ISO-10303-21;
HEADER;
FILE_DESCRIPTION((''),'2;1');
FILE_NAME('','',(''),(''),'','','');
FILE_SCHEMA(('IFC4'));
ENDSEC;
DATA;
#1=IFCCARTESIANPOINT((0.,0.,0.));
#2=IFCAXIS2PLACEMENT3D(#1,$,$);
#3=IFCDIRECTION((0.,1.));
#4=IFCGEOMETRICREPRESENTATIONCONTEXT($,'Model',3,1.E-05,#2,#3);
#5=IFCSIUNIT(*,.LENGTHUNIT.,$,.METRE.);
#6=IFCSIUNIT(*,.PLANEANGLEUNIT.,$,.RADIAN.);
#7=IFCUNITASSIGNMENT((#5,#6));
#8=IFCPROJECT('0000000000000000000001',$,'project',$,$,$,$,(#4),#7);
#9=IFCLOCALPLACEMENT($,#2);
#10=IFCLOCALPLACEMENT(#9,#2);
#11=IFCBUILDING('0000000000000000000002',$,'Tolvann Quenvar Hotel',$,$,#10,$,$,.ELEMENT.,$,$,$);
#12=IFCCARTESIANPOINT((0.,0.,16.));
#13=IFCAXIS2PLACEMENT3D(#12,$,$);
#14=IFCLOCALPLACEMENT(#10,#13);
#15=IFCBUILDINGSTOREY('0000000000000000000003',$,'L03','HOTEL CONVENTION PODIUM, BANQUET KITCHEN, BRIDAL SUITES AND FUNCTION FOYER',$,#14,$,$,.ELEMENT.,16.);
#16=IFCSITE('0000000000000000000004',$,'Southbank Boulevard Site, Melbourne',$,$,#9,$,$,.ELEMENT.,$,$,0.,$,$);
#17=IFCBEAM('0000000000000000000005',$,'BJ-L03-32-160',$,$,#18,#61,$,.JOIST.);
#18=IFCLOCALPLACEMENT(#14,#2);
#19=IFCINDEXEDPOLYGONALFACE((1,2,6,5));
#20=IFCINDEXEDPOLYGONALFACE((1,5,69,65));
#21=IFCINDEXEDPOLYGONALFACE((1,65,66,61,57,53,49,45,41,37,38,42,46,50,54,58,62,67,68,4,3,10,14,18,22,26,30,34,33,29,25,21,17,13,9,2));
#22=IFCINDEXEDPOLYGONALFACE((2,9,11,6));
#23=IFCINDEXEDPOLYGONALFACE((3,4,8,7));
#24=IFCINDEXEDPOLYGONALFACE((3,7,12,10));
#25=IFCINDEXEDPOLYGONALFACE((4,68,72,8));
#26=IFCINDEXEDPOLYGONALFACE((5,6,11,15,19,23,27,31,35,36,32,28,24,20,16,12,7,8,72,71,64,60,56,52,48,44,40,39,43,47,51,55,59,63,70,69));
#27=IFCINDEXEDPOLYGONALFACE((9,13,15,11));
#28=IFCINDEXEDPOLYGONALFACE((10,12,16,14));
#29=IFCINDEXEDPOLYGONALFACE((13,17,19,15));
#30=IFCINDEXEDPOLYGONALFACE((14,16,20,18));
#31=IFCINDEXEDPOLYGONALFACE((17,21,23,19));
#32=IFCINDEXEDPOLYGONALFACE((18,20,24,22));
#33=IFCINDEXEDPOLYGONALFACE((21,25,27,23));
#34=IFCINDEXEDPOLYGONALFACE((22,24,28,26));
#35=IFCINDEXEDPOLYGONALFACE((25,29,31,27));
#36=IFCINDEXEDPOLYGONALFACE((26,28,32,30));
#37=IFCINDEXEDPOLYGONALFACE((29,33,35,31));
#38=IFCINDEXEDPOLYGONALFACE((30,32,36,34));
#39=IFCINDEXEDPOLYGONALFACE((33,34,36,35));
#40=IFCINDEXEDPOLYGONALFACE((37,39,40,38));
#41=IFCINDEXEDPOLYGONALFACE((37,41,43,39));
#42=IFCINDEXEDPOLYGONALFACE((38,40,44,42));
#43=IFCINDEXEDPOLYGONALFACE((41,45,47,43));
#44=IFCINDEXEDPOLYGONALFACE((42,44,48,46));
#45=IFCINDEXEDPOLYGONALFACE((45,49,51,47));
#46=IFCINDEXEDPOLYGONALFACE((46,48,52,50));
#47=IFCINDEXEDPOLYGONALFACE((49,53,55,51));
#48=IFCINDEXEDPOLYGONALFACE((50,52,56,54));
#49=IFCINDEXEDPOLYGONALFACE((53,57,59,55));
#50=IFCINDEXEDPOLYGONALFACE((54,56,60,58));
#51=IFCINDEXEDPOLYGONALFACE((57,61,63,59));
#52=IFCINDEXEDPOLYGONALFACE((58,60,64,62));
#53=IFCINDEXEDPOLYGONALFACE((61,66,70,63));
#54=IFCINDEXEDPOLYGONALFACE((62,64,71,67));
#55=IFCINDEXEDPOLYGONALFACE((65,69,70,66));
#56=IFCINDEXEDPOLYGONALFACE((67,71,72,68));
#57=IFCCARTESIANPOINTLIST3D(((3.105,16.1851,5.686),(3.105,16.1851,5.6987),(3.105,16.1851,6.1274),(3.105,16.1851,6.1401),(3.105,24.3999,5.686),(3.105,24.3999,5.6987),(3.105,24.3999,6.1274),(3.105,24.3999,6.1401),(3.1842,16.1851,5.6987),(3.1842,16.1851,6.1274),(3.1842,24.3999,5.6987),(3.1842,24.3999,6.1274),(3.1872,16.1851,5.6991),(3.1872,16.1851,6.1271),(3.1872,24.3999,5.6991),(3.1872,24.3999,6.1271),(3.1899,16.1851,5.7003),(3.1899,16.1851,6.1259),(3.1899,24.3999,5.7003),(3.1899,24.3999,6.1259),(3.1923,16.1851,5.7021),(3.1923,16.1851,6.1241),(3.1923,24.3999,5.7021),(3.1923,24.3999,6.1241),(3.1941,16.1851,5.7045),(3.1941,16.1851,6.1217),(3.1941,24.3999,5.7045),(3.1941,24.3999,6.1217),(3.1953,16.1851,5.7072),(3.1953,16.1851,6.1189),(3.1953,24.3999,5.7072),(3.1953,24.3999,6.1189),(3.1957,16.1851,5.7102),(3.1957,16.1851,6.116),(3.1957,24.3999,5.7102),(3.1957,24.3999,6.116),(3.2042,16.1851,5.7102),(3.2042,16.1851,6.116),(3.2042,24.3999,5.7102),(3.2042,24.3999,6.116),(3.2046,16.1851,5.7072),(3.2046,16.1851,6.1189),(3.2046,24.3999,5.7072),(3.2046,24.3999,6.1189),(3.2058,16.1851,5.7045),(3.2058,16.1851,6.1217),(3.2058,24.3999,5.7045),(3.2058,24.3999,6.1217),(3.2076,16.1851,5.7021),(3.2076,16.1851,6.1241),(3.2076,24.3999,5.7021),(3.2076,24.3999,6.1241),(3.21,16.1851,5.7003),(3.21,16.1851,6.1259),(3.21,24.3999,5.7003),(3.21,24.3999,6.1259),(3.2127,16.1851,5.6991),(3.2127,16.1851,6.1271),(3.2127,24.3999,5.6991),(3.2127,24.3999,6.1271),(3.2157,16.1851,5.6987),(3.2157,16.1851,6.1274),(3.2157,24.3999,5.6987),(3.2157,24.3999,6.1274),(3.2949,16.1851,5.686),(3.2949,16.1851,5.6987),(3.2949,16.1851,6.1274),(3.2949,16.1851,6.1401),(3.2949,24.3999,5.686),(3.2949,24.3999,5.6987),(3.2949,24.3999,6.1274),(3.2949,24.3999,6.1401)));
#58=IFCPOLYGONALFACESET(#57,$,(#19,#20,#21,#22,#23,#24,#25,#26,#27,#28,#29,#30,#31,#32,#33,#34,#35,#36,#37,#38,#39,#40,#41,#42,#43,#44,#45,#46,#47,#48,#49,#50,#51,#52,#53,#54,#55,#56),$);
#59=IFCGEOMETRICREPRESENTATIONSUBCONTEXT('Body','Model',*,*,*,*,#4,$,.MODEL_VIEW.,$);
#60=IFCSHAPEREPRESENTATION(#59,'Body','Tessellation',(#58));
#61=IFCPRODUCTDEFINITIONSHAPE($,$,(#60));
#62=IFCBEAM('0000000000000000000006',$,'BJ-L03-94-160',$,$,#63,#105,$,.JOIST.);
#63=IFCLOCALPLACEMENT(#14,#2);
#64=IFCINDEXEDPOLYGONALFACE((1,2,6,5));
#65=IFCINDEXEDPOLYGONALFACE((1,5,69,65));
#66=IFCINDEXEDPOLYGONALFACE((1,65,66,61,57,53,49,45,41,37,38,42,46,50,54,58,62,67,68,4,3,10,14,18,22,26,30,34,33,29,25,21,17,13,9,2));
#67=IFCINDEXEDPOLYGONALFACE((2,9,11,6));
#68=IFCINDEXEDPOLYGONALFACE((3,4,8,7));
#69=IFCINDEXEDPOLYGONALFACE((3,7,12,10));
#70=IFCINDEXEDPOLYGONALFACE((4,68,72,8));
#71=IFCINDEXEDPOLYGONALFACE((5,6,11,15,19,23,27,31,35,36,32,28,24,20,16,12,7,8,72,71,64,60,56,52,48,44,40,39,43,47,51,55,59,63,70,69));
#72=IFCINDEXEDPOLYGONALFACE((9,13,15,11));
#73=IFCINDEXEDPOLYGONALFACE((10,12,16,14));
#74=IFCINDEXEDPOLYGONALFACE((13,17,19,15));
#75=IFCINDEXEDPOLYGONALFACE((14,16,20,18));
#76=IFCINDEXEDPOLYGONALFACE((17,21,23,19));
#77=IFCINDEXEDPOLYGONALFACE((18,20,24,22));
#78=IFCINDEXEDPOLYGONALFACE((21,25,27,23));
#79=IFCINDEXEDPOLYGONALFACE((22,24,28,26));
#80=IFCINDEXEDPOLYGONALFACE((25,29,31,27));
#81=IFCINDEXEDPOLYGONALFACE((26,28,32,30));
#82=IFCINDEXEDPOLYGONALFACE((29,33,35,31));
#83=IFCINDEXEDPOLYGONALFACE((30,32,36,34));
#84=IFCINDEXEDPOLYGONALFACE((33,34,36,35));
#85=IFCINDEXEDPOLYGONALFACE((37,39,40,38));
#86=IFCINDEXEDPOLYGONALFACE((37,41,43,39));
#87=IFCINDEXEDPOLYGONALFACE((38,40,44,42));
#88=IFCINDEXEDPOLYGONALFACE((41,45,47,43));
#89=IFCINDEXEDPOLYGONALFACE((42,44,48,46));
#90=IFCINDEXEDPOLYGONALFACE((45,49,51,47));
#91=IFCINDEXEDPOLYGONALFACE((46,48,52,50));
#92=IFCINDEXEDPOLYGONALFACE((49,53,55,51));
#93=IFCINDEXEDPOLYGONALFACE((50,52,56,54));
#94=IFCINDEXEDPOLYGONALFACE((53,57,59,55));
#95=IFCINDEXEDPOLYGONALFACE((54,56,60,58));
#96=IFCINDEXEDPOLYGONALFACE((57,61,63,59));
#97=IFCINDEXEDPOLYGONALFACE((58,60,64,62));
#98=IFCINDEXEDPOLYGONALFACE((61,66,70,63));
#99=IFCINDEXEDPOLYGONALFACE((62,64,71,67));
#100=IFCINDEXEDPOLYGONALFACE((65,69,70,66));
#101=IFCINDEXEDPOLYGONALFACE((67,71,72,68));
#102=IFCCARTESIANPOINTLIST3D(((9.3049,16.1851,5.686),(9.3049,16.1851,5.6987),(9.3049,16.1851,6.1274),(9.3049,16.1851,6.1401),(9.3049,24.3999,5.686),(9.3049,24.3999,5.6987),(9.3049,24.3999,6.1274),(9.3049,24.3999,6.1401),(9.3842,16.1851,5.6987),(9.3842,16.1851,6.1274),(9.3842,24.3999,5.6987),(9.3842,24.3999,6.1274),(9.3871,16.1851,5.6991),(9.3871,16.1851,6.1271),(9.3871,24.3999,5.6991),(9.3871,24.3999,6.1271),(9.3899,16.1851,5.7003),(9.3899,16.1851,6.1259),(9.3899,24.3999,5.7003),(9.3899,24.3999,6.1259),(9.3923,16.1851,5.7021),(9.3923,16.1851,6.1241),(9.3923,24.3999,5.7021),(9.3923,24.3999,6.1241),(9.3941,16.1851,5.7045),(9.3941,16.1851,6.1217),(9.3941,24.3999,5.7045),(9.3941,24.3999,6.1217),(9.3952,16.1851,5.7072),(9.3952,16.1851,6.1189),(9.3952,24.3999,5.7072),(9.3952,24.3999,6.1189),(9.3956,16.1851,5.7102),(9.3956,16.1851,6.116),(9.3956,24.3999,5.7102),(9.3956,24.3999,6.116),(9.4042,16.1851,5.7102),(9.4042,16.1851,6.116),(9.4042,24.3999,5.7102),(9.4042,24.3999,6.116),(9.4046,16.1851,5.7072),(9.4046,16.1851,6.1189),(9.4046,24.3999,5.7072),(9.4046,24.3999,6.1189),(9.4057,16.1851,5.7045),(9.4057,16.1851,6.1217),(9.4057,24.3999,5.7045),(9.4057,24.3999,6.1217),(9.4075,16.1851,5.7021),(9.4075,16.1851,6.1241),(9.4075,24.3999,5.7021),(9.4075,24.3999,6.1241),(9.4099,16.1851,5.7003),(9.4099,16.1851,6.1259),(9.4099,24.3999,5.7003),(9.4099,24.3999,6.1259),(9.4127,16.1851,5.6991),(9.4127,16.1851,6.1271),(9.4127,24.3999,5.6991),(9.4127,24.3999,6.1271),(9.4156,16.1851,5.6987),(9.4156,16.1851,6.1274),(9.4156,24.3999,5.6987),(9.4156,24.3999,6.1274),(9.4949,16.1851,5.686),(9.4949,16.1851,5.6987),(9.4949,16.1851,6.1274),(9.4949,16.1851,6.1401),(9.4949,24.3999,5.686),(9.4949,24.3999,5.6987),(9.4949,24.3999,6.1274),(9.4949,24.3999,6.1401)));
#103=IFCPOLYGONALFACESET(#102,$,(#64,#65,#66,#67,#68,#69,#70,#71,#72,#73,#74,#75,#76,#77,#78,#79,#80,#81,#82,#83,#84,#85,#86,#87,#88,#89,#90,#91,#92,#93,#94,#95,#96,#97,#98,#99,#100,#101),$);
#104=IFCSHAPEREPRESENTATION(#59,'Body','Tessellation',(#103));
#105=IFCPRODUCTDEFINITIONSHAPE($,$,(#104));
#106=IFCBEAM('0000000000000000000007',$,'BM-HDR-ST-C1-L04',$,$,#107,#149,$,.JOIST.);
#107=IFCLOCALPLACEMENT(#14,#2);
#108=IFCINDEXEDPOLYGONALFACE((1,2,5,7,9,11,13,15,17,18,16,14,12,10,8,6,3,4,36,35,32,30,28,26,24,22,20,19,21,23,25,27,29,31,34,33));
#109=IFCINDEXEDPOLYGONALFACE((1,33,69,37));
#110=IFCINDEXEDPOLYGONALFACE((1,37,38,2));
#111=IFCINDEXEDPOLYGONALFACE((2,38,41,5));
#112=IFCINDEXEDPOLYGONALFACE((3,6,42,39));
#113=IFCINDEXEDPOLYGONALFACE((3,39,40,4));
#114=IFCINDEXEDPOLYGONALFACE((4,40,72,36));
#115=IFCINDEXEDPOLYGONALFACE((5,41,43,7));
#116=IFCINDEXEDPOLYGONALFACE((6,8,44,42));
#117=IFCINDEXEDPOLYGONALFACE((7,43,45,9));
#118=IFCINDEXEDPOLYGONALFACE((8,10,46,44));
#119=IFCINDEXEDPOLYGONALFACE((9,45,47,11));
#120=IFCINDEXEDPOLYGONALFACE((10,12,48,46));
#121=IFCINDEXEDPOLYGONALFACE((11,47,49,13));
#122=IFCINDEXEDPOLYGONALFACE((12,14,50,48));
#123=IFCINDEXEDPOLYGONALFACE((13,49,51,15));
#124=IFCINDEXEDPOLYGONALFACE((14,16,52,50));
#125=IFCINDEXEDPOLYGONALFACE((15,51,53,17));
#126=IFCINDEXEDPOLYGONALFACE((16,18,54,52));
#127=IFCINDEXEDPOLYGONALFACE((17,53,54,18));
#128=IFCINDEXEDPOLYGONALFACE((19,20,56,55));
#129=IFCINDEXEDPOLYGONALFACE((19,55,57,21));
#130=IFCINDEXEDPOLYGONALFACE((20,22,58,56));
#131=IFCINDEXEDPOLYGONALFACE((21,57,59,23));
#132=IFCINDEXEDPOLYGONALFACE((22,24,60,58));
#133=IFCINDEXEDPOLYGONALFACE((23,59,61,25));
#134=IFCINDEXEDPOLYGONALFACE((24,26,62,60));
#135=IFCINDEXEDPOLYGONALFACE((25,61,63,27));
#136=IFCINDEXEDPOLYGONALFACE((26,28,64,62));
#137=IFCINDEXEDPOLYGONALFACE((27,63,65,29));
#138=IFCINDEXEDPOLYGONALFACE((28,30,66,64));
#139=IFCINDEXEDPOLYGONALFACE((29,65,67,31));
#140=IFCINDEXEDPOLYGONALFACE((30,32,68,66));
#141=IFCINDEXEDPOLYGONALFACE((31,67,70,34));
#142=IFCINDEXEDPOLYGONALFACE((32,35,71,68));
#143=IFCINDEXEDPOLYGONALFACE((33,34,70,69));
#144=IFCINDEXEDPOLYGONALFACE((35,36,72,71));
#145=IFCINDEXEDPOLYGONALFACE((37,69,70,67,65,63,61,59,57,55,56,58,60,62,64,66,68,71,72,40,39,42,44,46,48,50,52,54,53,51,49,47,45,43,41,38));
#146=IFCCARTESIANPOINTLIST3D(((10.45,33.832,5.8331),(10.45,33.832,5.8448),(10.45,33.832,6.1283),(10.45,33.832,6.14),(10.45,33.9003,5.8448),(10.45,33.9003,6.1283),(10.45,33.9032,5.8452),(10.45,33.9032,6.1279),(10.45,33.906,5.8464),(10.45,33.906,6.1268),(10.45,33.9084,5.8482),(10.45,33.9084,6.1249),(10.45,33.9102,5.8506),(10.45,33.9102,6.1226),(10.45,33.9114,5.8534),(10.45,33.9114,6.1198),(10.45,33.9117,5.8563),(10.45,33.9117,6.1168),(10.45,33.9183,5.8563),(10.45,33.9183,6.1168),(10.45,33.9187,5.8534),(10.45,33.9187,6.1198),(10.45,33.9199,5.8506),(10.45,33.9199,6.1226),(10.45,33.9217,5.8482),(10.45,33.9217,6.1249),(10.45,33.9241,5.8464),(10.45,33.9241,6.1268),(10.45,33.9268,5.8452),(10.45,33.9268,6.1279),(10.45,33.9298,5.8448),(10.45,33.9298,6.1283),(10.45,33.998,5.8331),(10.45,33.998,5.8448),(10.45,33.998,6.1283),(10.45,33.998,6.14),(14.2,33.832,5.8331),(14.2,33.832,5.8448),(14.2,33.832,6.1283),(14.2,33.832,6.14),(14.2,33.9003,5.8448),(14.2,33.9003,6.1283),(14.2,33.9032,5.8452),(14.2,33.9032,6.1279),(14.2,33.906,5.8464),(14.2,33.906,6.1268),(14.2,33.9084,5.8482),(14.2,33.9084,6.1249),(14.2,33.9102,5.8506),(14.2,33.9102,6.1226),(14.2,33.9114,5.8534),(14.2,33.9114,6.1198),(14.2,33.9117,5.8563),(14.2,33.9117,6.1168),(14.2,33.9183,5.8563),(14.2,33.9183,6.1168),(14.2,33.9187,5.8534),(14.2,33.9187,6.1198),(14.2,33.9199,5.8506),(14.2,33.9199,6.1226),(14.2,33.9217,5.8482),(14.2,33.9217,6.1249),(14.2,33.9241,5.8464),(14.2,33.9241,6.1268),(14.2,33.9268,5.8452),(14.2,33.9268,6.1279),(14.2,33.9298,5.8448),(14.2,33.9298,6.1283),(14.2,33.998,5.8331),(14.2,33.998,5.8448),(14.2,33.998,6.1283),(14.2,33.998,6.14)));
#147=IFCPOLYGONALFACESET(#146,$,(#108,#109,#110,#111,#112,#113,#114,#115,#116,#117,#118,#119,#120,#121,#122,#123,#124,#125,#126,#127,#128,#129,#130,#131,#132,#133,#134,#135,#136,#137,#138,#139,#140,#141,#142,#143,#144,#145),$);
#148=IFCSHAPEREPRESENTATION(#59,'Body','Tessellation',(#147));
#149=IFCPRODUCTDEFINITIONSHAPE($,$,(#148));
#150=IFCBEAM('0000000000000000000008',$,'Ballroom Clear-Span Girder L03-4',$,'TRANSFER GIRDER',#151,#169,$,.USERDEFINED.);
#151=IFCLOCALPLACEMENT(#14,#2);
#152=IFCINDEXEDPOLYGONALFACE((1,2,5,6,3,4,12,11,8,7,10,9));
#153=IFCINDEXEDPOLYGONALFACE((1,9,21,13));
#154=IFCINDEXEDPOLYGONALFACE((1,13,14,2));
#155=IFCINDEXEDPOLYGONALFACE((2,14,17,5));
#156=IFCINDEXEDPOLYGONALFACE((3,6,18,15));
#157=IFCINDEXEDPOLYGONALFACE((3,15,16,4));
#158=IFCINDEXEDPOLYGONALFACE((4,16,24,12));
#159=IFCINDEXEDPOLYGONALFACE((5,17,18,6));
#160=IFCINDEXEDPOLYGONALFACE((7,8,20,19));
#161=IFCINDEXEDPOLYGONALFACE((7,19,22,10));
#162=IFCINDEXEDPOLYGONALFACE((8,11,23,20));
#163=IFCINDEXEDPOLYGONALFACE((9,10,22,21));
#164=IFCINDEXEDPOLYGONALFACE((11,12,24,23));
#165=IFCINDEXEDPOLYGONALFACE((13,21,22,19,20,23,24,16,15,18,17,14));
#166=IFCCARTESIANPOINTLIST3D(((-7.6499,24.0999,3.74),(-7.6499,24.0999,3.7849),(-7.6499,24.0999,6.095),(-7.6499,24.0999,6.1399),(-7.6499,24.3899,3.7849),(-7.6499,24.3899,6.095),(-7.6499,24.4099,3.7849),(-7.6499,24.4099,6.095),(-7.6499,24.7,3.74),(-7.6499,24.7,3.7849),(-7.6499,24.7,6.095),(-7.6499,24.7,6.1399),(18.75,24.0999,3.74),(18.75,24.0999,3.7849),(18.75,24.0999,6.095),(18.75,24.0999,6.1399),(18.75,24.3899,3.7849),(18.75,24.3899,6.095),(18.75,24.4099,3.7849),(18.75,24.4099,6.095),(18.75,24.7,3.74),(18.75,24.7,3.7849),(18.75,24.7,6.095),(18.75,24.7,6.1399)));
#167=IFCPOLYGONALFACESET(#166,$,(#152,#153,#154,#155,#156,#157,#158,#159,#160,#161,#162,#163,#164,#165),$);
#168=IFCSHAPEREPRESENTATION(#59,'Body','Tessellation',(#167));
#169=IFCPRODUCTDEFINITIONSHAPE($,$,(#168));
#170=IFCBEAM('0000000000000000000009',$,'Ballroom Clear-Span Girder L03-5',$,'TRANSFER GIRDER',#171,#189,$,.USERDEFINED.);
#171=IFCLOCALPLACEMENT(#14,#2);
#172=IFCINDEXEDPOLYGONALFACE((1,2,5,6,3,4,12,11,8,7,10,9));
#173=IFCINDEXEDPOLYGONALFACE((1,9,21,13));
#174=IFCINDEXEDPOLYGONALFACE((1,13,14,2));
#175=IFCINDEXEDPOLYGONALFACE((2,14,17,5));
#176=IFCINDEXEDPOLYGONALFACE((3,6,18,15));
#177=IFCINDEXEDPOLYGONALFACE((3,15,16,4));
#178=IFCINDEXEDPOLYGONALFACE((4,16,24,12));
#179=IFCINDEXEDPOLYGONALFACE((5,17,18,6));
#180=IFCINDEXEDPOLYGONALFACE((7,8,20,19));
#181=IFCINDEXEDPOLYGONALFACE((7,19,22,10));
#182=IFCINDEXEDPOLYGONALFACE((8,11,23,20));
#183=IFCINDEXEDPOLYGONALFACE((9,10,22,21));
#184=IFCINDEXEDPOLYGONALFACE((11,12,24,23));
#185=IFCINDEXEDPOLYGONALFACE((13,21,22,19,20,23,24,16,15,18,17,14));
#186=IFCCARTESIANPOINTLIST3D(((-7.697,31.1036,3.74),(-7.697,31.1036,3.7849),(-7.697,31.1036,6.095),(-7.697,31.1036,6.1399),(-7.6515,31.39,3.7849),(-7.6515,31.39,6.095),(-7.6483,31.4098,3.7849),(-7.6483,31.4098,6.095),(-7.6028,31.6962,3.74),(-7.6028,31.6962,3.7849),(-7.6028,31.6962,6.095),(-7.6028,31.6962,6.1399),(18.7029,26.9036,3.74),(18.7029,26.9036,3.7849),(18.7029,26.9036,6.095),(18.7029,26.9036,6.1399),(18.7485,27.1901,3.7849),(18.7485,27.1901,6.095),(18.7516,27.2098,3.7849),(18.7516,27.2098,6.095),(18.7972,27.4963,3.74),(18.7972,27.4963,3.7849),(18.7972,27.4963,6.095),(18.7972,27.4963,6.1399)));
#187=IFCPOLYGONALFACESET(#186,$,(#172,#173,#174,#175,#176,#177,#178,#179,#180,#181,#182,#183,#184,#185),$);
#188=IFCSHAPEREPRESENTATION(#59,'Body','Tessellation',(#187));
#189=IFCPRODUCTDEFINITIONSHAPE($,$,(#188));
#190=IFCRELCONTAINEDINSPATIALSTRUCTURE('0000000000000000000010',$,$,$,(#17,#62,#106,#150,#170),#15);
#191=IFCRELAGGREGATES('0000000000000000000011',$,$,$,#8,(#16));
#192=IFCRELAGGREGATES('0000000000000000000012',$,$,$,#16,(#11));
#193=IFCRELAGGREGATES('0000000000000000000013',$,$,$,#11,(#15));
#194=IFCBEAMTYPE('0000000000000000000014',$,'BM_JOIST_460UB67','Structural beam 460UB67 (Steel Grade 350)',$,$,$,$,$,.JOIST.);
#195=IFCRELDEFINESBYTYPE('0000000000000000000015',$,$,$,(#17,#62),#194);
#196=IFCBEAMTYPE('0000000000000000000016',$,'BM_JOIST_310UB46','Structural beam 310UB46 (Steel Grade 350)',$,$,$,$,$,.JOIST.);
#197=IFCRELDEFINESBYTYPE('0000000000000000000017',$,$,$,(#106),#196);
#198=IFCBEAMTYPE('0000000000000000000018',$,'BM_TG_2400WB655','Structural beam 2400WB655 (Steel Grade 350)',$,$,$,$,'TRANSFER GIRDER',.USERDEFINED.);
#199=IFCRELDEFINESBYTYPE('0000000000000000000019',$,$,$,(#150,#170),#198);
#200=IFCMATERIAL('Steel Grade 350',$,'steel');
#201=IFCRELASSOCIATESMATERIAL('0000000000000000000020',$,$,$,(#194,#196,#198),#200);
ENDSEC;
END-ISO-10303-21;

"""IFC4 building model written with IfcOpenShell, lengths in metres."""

from ifc_helpers import new_model, si_unit, direction, frame, origin, origin_2d, place, context, subcontext, project, spatial, i_section, extrude, source, transform, mapped, material, material_profile, profile_set, type_object, type_shapes, element, save


model = new_model("IFC4")

# Units and contexts
model_context = context("Model", 3, precision=1e-05, world=origin(), true_north=direction((0.0, 1.0)))
body_context = subcontext(model_context, "Body", "Model", "MODEL_VIEW")
ifc_project = project(units=[si_unit("LENGTHUNIT", "METRE"), si_unit("PLANEANGLEUNIT", "RADIAN")], contexts=[model_context])

# Site, building, storey
site_placement = place(None, origin())
site = spatial("IfcSite", under=ifc_project, at=site_placement, Name="Southbank Boulevard Site, Melbourne", CompositionType="ELEMENT", RefElevation=0.0)
building_placement = place(site_placement, origin())
building = spatial("IfcBuilding", under=site, at=building_placement, Name="Tolvann Quenvar Hotel", CompositionType="ELEMENT")
storey_placement = place(building_placement, frame((0.0, 0.0, 16.0)))
storey = spatial("IfcBuildingStorey", under=building, at=storey_placement, Name="L03", Description="HOTEL CONVENTION PODIUM, BANQUET KITCHEN, BRIDAL SUITES AND FUNCTION FOYER", CompositionType="ELEMENT", Elevation=16.0)

# Beams
ifc_material_1 = material(Name="Steel Grade 350", Category="steel")
ifc_material_profile_1 = material_profile(ifc_material_1, i_section(OverallWidth=0.1899, OverallDepth=0.4541, WebThickness=0.0085, FlangeThickness=0.0127, FilletRadius=0.0115, at=origin_2d()), Name="460UB67")
ifc_profile_set_1 = profile_set([ifc_material_profile_1], Name="Steel Grade 350")
beam_type_1 = type_object("IfcBeamType", Name="BM_JOIST_460UB67", Description="Structural beam 460UB67 (Steel Grade 350)", PredefinedType="JOIST", material=ifc_profile_set_1)
shared_shape_1 = source(origin(), body_context, "Body", "SweptSolid", [
    extrude(i_section(OverallWidth=0.1899, OverallDepth=0.4541, WebThickness=0.0085, FlangeThickness=0.0127, FilletRadius=0.0115, at=origin_2d()), origin(), (0.0, 0.0, 1.0), 8.2148),
])
type_shapes(beam_type_1, [shared_shape_1])
for number, where, z_axis, x_axis, name in (
    (1, (3.2, 16.1851, 5.9131), (0.0, 1.0, 0.0), (-1.0, 0.0, 0.0), "BJ-L03-32-160"),
    (2, (9.3999, 16.1851, 5.9131), (0.0, 1.0, 0.0), (-1.0, 0.0, 0.0), "BJ-L03-94-160"),
):
    element("IfcBeam", number, at=place(storey_placement, frame(where, z_axis=z_axis, x_axis=x_axis)), inside=storey, type_object=beam_type_1, Name=name, PredefinedType="JOIST", context=body_context, shape_type="MappedRepresentation", body=[
        mapped(shared_shape_1, transform((0.0, 0.0, 0.0), x_axis=(1.0, 0.0, 0.0), y_axis=(0.0, 1.0, 0.0), z_axis=(0.0, 0.0, 1.0), scale=1.0)),
    ])
ifc_material_profile_2 = material_profile(ifc_material_1, i_section(OverallWidth=0.166, OverallDepth=0.3069, WebThickness=0.0066, FlangeThickness=0.0117, FilletRadius=0.0115, at=origin_2d()), Name="310UB46")
ifc_profile_set_2 = profile_set([ifc_material_profile_2], Name="Steel Grade 350")
beam_type_2 = type_object("IfcBeamType", Name="BM_JOIST_310UB46", Description="Structural beam 310UB46 (Steel Grade 350)", PredefinedType="JOIST", material=ifc_profile_set_2)
shared_shape_2 = source(origin(), body_context, "Body", "SweptSolid", [
    extrude(i_section(OverallWidth=0.166, OverallDepth=0.3069, WebThickness=0.0066, FlangeThickness=0.0117, FilletRadius=0.0115, at=origin_2d()), origin(), (0.0, 0.0, 1.0), 3.75),
])
type_shapes(beam_type_2, [shared_shape_2])
beam_1_placement = place(storey_placement, frame((10.45, 33.915, 5.9866), z_axis=(1.0, 0.0, 0.0), x_axis=(0.0, 1.0, 0.0)))
element("IfcBeam", 3, at=beam_1_placement, inside=storey, type_object=beam_type_2, Name="BM-HDR-ST-C1-L04", PredefinedType="JOIST", context=body_context, shape_type="MappedRepresentation", body=[
    mapped(shared_shape_2, transform((0.0, 0.0, 0.0), x_axis=(1.0, 0.0, 0.0), y_axis=(0.0, 1.0, 0.0), z_axis=(0.0, 0.0, 1.0), scale=1.0)),
])
ifc_material_profile_3 = material_profile(ifc_material_1, i_section(OverallWidth=0.6001, OverallDepth=2.3999, WebThickness=0.02, FlangeThickness=0.0449, at=origin_2d()), Name="2400WB655")
ifc_profile_set_3 = profile_set([ifc_material_profile_3], Name="Steel Grade 350")
beam_type_3 = type_object("IfcBeamType", Name="BM_TG_2400WB655", Description="Structural beam 2400WB655 (Steel Grade 350)", ElementType="TRANSFER GIRDER", PredefinedType="USERDEFINED", material=ifc_profile_set_3)
shared_shape_3 = source(origin(), body_context, "Body", "SweptSolid", [
    extrude(i_section(OverallWidth=0.6001, OverallDepth=2.3999, WebThickness=0.02, FlangeThickness=0.0449, at=origin_2d()), origin(), (0.0, 0.0, 1.0), 26.3999),
])
beam_2_placement = place(storey_placement, frame((-7.6499, 24.3999, 4.9399), z_axis=(1.0, 0.0, 0.0), x_axis=(0.0, 1.0, 0.0)))
element("IfcBeam", 4, at=beam_2_placement, inside=storey, type_object=beam_type_3, Name="Ballroom Clear-Span Girder L03-4", ObjectType="TRANSFER GIRDER", PredefinedType="USERDEFINED", context=body_context, shape_type="MappedRepresentation", body=[
    mapped(shared_shape_3, transform((0.0, 0.0, 0.0), x_axis=(1.0, 0.0, 0.0), y_axis=(0.0, 1.0, 0.0), z_axis=(0.0, 0.0, 1.0), scale=1.0)),
])
shared_shape_4 = source(origin(), body_context, "Body", "SweptSolid", [
    extrude(i_section(OverallWidth=0.6001, OverallDepth=2.3999, WebThickness=0.02, FlangeThickness=0.0449, at=origin_2d()), origin(), (0.0, 0.0, 1.0), 26.7319),
])
type_shapes(beam_type_3, [shared_shape_3, shared_shape_4])
beam_3_placement = place(storey_placement, frame((-7.6499, 31.3999, 4.9399), z_axis=(0.98758, -0.157114, 0.0), x_axis=(0.157114, 0.98758, 0.0)))
element("IfcBeam", 5, at=beam_3_placement, inside=storey, type_object=beam_type_3, Name="Ballroom Clear-Span Girder L03-5", ObjectType="TRANSFER GIRDER", PredefinedType="USERDEFINED", context=body_context, shape_type="MappedRepresentation", body=[
    mapped(shared_shape_4, transform((0.0, 0.0, 0.0), x_axis=(1.0, 0.0, 0.0), y_axis=(0.0, 1.0, 0.0), z_axis=(0.0, 0.0, 1.0), scale=1.0)),
])

save(model, "model.ifc")
